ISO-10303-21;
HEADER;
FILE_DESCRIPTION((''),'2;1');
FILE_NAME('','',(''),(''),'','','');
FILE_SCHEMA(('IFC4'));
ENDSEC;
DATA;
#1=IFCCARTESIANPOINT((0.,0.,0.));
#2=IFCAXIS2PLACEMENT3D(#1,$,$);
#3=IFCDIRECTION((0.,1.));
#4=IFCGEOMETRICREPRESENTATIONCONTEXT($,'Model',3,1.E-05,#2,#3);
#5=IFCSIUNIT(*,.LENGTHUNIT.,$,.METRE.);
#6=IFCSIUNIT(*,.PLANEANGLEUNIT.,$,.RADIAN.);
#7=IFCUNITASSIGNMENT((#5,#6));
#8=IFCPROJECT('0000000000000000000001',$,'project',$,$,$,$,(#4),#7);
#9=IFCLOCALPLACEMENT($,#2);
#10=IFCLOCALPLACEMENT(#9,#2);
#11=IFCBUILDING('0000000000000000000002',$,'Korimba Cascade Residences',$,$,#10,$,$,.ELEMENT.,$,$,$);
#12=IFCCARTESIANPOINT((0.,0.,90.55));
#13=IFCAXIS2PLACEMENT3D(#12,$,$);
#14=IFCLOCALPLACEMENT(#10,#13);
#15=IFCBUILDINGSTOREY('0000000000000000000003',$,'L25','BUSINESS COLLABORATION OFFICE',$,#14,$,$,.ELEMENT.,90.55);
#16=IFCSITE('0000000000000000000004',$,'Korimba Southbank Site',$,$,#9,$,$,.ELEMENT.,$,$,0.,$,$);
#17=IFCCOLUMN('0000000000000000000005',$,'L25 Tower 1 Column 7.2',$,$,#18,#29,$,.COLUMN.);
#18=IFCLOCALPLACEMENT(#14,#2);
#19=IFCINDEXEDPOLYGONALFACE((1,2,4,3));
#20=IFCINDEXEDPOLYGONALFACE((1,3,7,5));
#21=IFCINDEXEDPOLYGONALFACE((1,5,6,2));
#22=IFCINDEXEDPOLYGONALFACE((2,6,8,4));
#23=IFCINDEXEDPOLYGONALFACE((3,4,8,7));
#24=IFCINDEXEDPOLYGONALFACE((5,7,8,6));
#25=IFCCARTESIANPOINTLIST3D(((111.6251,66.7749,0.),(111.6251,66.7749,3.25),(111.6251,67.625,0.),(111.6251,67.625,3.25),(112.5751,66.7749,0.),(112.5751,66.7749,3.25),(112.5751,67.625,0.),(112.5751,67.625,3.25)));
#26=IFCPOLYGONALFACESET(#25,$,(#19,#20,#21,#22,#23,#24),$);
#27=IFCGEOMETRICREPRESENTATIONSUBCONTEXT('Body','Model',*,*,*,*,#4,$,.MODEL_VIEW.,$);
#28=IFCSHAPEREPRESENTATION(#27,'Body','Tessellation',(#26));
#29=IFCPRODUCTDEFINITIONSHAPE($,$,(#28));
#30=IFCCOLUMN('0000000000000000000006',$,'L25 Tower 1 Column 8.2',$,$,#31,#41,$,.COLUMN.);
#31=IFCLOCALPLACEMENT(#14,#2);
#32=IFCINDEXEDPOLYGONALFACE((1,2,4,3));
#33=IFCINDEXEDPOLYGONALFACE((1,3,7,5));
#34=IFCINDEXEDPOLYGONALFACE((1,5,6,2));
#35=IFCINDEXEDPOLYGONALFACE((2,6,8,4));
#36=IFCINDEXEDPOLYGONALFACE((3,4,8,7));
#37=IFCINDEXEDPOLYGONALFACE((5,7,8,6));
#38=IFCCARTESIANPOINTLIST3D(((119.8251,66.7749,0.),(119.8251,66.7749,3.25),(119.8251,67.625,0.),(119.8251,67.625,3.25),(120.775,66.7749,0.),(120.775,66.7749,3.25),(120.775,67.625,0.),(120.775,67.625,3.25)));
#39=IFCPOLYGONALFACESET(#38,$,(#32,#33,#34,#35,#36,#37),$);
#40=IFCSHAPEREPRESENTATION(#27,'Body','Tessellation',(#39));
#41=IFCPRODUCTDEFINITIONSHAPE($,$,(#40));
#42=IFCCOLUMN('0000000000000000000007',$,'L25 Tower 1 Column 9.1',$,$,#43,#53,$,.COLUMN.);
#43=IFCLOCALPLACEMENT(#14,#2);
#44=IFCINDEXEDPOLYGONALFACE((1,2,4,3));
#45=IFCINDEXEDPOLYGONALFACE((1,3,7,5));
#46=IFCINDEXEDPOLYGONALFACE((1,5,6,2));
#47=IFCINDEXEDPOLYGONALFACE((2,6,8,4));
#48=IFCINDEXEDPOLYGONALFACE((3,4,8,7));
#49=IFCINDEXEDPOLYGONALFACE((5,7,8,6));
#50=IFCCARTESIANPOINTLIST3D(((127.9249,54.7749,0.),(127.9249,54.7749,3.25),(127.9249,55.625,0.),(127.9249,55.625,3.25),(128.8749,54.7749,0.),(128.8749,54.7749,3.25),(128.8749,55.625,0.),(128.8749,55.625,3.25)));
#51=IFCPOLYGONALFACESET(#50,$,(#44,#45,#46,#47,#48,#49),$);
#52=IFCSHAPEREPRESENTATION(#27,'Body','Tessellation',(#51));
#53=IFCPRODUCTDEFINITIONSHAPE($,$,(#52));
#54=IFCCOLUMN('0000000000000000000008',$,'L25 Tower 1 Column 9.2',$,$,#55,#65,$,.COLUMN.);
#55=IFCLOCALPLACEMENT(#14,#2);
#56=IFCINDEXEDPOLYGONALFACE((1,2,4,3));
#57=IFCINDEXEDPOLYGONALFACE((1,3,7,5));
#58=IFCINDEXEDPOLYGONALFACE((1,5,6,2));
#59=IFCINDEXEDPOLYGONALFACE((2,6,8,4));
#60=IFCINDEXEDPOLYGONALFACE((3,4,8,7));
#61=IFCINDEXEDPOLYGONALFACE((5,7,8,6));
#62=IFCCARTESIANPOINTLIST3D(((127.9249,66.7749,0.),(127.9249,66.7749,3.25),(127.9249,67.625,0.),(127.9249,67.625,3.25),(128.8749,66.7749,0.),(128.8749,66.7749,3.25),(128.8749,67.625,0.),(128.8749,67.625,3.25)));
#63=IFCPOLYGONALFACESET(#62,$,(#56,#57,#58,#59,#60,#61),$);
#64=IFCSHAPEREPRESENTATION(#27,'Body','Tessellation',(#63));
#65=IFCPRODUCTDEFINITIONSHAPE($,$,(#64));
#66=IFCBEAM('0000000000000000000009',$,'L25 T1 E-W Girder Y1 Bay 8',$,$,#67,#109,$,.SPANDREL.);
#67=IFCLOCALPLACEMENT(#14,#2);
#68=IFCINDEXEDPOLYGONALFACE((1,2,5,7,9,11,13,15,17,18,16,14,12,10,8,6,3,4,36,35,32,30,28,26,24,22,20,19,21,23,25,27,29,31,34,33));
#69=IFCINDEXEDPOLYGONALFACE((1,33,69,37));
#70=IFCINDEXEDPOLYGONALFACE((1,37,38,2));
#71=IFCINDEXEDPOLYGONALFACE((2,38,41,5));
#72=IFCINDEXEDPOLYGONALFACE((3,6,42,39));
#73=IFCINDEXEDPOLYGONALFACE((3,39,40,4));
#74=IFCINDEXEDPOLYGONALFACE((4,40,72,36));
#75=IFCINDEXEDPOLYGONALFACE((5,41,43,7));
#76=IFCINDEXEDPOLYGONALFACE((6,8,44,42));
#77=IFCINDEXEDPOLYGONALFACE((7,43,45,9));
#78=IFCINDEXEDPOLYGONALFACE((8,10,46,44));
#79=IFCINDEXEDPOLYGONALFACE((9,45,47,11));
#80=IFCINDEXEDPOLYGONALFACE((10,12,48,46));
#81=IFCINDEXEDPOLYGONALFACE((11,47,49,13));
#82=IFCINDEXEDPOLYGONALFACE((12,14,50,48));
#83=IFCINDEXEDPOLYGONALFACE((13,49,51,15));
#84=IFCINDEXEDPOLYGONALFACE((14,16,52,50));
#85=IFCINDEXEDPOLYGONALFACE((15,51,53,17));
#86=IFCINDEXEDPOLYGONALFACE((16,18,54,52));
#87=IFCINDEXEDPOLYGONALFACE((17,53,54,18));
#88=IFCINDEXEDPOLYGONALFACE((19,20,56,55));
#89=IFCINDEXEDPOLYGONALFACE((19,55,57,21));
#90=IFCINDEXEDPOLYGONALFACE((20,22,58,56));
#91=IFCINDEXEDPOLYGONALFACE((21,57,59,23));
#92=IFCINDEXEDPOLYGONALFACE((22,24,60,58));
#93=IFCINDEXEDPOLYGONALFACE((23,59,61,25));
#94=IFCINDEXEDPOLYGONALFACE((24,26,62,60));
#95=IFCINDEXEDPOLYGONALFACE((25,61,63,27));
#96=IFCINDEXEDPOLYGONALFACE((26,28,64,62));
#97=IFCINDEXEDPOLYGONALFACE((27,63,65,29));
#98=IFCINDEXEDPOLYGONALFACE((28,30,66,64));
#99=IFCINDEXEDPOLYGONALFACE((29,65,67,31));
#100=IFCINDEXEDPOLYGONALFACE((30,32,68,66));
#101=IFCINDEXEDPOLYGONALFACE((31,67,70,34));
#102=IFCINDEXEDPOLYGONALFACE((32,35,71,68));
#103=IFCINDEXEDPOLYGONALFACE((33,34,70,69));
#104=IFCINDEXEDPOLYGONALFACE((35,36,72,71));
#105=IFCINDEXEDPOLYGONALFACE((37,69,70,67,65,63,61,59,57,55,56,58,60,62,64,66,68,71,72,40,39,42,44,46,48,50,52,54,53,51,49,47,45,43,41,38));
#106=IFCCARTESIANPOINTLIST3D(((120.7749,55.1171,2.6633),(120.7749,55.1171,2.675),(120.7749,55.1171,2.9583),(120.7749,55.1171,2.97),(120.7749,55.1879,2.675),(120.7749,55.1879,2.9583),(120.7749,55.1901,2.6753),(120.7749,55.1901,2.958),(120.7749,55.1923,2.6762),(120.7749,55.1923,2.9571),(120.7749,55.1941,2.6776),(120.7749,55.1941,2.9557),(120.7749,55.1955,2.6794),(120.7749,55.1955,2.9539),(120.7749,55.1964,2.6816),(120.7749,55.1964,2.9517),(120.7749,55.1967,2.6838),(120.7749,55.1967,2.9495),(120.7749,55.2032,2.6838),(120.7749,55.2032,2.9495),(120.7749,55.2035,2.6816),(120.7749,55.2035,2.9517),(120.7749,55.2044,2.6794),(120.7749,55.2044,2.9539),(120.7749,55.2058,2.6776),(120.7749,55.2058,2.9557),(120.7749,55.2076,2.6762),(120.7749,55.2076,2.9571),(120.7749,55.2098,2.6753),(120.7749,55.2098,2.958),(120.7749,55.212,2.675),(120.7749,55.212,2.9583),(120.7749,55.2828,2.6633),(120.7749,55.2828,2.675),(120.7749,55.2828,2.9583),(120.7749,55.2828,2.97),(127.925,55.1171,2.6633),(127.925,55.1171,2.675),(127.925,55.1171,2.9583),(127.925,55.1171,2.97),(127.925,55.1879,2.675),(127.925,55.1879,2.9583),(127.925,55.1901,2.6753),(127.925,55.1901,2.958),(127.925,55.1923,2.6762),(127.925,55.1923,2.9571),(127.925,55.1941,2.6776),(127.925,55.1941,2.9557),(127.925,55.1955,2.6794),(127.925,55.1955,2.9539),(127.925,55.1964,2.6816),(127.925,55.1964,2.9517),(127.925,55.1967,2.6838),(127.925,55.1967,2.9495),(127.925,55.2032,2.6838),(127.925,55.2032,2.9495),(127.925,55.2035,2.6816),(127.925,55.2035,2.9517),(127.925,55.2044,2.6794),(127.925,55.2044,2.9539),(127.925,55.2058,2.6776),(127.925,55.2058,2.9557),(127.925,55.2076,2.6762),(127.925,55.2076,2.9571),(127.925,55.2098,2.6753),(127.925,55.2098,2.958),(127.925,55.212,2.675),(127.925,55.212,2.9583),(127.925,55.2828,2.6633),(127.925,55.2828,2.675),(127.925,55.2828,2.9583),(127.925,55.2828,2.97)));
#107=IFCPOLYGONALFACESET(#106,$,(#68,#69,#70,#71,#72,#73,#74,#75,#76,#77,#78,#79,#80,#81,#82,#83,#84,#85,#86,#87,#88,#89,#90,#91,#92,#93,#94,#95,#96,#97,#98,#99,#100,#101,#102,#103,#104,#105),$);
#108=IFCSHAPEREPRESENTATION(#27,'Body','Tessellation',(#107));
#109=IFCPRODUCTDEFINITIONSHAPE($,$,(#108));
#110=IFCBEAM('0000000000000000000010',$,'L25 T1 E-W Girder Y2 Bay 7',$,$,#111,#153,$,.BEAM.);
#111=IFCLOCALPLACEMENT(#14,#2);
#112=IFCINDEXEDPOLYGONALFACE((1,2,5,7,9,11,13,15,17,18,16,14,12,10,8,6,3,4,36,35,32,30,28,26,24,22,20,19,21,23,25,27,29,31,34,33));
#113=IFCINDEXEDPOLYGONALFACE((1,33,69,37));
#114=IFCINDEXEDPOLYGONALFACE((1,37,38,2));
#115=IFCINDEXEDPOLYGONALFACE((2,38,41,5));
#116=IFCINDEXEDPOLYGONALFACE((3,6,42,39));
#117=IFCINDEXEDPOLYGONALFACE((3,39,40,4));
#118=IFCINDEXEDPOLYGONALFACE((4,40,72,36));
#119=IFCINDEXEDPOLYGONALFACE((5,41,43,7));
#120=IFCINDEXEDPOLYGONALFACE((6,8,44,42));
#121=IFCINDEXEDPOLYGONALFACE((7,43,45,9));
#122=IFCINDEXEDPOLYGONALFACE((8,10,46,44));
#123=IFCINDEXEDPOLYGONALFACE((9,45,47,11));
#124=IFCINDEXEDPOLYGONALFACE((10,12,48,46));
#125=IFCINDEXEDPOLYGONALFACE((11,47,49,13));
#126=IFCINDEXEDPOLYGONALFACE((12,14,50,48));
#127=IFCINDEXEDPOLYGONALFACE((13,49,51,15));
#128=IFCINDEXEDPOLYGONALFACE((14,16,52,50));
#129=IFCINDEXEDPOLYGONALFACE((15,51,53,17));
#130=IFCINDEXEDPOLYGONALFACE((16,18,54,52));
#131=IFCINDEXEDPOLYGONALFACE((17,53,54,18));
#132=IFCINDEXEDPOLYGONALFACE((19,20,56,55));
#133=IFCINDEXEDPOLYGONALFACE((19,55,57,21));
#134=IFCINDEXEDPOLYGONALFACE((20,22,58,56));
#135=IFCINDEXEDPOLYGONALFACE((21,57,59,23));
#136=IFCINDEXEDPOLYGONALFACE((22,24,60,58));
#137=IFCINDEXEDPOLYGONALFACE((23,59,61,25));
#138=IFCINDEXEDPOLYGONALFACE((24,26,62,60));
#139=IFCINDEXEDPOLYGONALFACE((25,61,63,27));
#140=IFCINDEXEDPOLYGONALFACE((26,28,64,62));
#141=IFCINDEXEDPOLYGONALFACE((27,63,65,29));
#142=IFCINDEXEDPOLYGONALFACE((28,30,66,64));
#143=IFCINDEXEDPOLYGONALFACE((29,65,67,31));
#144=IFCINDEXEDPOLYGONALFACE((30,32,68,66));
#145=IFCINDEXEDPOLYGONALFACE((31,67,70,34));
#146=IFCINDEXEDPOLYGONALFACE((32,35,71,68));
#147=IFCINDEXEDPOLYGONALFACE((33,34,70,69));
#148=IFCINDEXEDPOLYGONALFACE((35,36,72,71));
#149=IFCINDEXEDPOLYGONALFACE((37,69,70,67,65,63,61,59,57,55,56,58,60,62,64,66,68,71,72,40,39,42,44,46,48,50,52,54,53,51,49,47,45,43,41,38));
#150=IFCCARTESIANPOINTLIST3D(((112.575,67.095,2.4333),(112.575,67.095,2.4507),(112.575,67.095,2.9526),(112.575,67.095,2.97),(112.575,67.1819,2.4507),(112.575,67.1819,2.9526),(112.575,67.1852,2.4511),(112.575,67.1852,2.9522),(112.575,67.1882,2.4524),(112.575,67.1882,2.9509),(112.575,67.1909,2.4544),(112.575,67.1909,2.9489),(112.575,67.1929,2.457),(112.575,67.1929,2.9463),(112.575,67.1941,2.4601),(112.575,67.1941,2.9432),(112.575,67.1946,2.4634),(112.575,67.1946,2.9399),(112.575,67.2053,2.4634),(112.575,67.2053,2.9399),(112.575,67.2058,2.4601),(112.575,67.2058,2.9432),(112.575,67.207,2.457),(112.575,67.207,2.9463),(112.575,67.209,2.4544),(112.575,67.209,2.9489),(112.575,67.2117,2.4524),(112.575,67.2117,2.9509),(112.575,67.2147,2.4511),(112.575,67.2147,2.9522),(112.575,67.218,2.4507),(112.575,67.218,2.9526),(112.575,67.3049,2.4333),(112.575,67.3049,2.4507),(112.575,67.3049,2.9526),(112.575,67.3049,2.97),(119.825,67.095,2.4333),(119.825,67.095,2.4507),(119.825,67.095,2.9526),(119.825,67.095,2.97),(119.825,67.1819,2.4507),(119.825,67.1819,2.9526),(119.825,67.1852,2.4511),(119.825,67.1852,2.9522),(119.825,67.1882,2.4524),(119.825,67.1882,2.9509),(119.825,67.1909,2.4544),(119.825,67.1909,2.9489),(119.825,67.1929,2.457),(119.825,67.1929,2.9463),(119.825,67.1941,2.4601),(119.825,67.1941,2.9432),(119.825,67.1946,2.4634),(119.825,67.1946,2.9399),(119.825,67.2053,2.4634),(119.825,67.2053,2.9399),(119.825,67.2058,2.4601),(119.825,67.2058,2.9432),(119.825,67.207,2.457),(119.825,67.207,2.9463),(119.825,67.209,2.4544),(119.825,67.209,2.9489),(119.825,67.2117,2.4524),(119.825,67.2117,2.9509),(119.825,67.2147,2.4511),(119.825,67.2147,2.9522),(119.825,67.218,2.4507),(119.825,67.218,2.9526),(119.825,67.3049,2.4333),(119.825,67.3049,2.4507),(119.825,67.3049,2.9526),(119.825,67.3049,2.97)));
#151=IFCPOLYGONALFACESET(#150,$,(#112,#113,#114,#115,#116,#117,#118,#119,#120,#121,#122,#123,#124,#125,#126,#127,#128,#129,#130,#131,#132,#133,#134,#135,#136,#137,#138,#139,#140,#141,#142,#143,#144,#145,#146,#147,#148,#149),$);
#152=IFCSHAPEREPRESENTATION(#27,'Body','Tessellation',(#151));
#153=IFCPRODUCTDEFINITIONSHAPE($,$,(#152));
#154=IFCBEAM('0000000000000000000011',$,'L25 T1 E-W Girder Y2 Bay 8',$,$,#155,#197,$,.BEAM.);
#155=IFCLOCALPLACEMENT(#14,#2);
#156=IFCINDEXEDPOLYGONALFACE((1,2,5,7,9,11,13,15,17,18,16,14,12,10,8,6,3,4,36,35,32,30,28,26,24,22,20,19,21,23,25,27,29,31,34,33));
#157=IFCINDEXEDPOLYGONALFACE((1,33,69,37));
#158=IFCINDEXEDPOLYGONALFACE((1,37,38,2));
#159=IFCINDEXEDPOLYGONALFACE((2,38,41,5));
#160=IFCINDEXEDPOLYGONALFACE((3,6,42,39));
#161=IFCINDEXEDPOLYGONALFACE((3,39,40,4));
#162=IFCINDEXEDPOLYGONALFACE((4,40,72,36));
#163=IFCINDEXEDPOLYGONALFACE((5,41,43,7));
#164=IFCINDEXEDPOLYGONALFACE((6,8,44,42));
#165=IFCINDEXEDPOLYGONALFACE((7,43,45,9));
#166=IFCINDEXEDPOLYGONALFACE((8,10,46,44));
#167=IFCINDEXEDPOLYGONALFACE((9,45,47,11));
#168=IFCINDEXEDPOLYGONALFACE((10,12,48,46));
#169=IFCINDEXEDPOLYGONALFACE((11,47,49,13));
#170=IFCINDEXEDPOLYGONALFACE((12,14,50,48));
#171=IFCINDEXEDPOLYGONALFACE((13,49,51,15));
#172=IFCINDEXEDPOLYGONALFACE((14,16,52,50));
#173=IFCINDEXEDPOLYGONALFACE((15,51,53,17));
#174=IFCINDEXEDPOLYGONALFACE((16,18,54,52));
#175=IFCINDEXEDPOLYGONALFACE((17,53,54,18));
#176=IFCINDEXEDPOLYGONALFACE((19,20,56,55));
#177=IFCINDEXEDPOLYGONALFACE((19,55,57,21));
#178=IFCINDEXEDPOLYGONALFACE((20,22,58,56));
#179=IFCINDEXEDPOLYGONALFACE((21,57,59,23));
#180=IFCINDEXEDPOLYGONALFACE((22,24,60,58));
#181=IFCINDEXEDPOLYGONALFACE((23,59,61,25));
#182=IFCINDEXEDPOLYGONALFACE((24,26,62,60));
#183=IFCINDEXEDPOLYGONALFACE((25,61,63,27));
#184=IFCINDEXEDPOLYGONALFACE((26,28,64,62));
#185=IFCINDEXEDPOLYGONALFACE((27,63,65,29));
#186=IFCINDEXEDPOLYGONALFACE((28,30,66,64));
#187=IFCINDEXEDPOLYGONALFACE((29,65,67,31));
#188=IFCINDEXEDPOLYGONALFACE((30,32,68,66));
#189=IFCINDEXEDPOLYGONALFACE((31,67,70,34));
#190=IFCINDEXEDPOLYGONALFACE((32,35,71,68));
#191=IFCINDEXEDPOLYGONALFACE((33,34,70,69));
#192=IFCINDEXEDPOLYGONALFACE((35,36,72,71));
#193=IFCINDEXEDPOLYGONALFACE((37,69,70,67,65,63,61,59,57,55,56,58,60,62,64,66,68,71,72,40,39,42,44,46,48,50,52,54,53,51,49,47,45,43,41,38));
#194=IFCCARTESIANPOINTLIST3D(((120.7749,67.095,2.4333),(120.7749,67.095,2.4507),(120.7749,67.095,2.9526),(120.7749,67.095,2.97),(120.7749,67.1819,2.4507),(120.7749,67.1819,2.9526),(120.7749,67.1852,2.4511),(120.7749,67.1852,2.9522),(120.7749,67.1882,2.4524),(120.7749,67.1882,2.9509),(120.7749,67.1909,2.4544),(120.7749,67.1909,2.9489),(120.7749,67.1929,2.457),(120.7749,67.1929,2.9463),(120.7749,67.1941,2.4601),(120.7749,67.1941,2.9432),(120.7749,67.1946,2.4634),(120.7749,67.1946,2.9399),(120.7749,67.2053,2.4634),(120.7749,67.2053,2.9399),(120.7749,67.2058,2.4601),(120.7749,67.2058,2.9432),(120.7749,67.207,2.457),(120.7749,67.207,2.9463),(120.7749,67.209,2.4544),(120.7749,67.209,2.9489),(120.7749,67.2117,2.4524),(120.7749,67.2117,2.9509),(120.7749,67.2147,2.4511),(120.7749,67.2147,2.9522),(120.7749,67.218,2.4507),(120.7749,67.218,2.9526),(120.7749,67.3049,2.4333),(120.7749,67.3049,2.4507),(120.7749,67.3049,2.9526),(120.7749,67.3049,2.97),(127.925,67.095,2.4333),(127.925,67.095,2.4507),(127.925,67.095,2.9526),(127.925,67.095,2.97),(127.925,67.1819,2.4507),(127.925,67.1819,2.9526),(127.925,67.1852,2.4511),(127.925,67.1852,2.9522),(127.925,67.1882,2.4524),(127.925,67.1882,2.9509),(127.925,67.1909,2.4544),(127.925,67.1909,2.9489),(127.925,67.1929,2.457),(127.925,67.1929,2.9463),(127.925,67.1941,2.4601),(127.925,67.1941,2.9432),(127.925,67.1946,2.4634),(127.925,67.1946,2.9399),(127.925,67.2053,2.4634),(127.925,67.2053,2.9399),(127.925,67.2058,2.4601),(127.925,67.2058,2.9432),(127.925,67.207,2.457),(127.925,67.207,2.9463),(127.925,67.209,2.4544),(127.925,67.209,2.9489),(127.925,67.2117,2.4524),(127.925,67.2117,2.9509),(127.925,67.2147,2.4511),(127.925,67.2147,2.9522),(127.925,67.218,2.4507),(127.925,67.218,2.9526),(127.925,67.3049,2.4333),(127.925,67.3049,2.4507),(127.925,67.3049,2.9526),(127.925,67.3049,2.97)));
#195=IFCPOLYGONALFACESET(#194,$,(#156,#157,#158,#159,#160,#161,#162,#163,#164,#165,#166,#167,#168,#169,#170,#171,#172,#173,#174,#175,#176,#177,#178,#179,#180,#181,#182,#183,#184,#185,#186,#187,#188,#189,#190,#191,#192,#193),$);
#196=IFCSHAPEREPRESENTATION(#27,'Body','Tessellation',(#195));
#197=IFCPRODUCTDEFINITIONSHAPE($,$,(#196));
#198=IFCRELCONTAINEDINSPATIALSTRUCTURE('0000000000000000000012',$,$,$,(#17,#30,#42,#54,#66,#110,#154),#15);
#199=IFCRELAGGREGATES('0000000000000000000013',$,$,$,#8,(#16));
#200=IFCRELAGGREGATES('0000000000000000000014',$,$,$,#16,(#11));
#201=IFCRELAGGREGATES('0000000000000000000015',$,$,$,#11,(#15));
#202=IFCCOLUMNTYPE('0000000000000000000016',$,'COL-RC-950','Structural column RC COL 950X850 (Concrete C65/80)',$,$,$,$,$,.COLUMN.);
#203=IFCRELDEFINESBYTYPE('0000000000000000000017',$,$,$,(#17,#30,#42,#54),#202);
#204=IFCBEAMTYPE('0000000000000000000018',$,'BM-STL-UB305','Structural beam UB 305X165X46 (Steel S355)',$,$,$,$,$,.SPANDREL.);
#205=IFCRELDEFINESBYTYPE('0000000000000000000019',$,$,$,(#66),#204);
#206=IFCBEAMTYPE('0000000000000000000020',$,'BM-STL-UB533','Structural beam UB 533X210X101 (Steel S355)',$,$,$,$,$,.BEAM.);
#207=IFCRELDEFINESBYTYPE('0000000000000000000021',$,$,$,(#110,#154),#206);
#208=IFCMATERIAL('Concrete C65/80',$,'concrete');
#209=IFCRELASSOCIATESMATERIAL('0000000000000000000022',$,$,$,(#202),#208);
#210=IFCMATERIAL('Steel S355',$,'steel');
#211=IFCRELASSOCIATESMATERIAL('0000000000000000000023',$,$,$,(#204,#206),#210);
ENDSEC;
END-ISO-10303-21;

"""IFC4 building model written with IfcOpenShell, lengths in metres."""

from ifc_helpers import new_model, si_unit, direction, frame, origin, origin_2d, place, context, subcontext, project, spatial, rectangle, i_section, extrude, material, material_profile, profile_set, type_object, element, save


model = new_model("IFC4")

# Units and contexts
model_context = context("Model", 3, precision=1e-05, world=origin(), true_north=direction((0.0, 1.0)))
body_context = subcontext(model_context, "Body", "Model", "MODEL_VIEW")
ifc_project = project(units=[si_unit("LENGTHUNIT", "METRE"), si_unit("PLANEANGLEUNIT", "RADIAN")], contexts=[model_context])

# Site, building, storey
site_placement = place(None, origin())
site = spatial("IfcSite", under=ifc_project, at=site_placement, Name="Korimba Southbank Site", CompositionType="ELEMENT", RefElevation=0.0)
building_placement = place(site_placement, origin())
building = spatial("IfcBuilding", under=site, at=building_placement, Name="Korimba Cascade Residences", CompositionType="ELEMENT")
storey_placement = place(building_placement, frame((0.0, 0.0, 90.55)))
storey = spatial("IfcBuildingStorey", under=building, at=storey_placement, Name="L25", Description="BUSINESS COLLABORATION OFFICE", CompositionType="ELEMENT", Elevation=90.55)

# Columns
ifc_material_1 = material(Name="Concrete C65/80", Category="concrete")
ifc_material_profile_1 = material_profile(ifc_material_1, rectangle(XDim=0.95, YDim=0.8501, at=origin_2d()), Name="Concrete C65/80")
ifc_profile_set_1 = profile_set([ifc_material_profile_1], Name="Concrete C65/80")
column_type = type_object("IfcColumnType", Name="COL-RC-950", Description="Structural column RC COL 950X850 (Concrete C65/80)", PredefinedType="COLUMN", material=ifc_profile_set_1)
for number, where, z_axis, x_axis, name in (
    (1, (112.1001, 67.2, 0.0), (0.0, 0.0, 1.0), (1.0, 0.0, 0.0), "L25 Tower 1 Column 7.2"),
    (2, (120.3, 67.2, 0.0), (0.0, 0.0, 1.0), (1.0, 0.0, 0.0), "L25 Tower 1 Column 8.2"),
    (3, (128.3999, 55.2, 0.0), (0.0, 0.0, 1.0), (1.0, 0.0, 0.0), "L25 Tower 1 Column 9.1"),
    (4, (128.3999, 67.2, 0.0), (0.0, 0.0, 1.0), (1.0, 0.0, 0.0), "L25 Tower 1 Column 9.2"),
):
    element("IfcColumn", number, at=place(storey_placement, frame(where, z_axis=z_axis, x_axis=x_axis)), inside=storey, type_object=column_type, Name=name, PredefinedType="COLUMN", context=body_context, shape_type="SweptSolid", body=[
        extrude(rectangle(XDim=0.95, YDim=0.8501, at=origin_2d()), origin(), (0.0, 0.0, 1.0), 3.25),
    ])

# Beams
ifc_material_2 = material(Name="Steel S355", Category="steel")
ifc_material_profile_2 = material_profile(ifc_material_2, i_section(OverallWidth=0.1658, OverallDepth=0.3066, WebThickness=0.0066, FlangeThickness=0.0117, FilletRadius=0.0088, at=origin_2d()), Name="Steel S355")
ifc_profile_set_2 = profile_set([ifc_material_profile_2], Name="Steel S355")
beam_type_1 = type_object("IfcBeamType", Name="BM-STL-UB305", Description="Structural beam UB 305X165X46 (Steel S355)", PredefinedType="SPANDREL", material=ifc_profile_set_2)
beam_1_placement = place(storey_placement, frame((120.7749, 55.2, 2.8167), z_axis=(1.0, 0.0, 0.0), x_axis=(0.0, 1.0, 0.0)))
element("IfcBeam", 5, at=beam_1_placement, inside=storey, type_object=beam_type_1, Name="L25 T1 E-W Girder Y1 Bay 8", PredefinedType="SPANDREL", context=body_context, shape_type="SweptSolid", body=[
    extrude(i_section(OverallWidth=0.1658, OverallDepth=0.3066, WebThickness=0.0066, FlangeThickness=0.0117, FilletRadius=0.0088, at=origin_2d()), origin(), (0.0, 0.0, 1.0), 7.1501),
])
ifc_material_profile_3 = material_profile(ifc_material_2, i_section(OverallWidth=0.21, OverallDepth=0.5366, WebThickness=0.0107, FlangeThickness=0.0173, FilletRadius=0.0127, at=origin_2d()), Name="Steel S355")
ifc_profile_set_3 = profile_set([ifc_material_profile_3], Name="Steel S355")
beam_type_2 = type_object("IfcBeamType", Name="BM-STL-UB533", Description="Structural beam UB 533X210X101 (Steel S355)", PredefinedType="BEAM", material=ifc_profile_set_3)
beam_2_placement = place(storey_placement, frame((112.575, 67.2, 2.7017), z_axis=(1.0, 0.0, 0.0), x_axis=(0.0, 1.0, 0.0)))
element("IfcBeam", 6, at=beam_2_placement, inside=storey, type_object=beam_type_2, Name="L25 T1 E-W Girder Y2 Bay 7", PredefinedType="BEAM", context=body_context, shape_type="SweptSolid", body=[
    extrude(i_section(OverallWidth=0.21, OverallDepth=0.5366, WebThickness=0.0107, FlangeThickness=0.0173, FilletRadius=0.0127, at=origin_2d()), origin(), (0.0, 0.0, 1.0), 7.25),
])
beam_3_placement = place(storey_placement, frame((120.7749, 67.2, 2.7017), z_axis=(1.0, 0.0, 0.0), x_axis=(0.0, 1.0, 0.0)))
element("IfcBeam", 7, at=beam_3_placement, inside=storey, type_object=beam_type_2, Name="L25 T1 E-W Girder Y2 Bay 8", PredefinedType="BEAM", context=body_context, shape_type="SweptSolid", body=[
    extrude(i_section(OverallWidth=0.21, OverallDepth=0.5366, WebThickness=0.0107, FlangeThickness=0.0173, FilletRadius=0.0127, at=origin_2d()), origin(), (0.0, 0.0, 1.0), 7.1501),
])

save(model, "model.ifc")
